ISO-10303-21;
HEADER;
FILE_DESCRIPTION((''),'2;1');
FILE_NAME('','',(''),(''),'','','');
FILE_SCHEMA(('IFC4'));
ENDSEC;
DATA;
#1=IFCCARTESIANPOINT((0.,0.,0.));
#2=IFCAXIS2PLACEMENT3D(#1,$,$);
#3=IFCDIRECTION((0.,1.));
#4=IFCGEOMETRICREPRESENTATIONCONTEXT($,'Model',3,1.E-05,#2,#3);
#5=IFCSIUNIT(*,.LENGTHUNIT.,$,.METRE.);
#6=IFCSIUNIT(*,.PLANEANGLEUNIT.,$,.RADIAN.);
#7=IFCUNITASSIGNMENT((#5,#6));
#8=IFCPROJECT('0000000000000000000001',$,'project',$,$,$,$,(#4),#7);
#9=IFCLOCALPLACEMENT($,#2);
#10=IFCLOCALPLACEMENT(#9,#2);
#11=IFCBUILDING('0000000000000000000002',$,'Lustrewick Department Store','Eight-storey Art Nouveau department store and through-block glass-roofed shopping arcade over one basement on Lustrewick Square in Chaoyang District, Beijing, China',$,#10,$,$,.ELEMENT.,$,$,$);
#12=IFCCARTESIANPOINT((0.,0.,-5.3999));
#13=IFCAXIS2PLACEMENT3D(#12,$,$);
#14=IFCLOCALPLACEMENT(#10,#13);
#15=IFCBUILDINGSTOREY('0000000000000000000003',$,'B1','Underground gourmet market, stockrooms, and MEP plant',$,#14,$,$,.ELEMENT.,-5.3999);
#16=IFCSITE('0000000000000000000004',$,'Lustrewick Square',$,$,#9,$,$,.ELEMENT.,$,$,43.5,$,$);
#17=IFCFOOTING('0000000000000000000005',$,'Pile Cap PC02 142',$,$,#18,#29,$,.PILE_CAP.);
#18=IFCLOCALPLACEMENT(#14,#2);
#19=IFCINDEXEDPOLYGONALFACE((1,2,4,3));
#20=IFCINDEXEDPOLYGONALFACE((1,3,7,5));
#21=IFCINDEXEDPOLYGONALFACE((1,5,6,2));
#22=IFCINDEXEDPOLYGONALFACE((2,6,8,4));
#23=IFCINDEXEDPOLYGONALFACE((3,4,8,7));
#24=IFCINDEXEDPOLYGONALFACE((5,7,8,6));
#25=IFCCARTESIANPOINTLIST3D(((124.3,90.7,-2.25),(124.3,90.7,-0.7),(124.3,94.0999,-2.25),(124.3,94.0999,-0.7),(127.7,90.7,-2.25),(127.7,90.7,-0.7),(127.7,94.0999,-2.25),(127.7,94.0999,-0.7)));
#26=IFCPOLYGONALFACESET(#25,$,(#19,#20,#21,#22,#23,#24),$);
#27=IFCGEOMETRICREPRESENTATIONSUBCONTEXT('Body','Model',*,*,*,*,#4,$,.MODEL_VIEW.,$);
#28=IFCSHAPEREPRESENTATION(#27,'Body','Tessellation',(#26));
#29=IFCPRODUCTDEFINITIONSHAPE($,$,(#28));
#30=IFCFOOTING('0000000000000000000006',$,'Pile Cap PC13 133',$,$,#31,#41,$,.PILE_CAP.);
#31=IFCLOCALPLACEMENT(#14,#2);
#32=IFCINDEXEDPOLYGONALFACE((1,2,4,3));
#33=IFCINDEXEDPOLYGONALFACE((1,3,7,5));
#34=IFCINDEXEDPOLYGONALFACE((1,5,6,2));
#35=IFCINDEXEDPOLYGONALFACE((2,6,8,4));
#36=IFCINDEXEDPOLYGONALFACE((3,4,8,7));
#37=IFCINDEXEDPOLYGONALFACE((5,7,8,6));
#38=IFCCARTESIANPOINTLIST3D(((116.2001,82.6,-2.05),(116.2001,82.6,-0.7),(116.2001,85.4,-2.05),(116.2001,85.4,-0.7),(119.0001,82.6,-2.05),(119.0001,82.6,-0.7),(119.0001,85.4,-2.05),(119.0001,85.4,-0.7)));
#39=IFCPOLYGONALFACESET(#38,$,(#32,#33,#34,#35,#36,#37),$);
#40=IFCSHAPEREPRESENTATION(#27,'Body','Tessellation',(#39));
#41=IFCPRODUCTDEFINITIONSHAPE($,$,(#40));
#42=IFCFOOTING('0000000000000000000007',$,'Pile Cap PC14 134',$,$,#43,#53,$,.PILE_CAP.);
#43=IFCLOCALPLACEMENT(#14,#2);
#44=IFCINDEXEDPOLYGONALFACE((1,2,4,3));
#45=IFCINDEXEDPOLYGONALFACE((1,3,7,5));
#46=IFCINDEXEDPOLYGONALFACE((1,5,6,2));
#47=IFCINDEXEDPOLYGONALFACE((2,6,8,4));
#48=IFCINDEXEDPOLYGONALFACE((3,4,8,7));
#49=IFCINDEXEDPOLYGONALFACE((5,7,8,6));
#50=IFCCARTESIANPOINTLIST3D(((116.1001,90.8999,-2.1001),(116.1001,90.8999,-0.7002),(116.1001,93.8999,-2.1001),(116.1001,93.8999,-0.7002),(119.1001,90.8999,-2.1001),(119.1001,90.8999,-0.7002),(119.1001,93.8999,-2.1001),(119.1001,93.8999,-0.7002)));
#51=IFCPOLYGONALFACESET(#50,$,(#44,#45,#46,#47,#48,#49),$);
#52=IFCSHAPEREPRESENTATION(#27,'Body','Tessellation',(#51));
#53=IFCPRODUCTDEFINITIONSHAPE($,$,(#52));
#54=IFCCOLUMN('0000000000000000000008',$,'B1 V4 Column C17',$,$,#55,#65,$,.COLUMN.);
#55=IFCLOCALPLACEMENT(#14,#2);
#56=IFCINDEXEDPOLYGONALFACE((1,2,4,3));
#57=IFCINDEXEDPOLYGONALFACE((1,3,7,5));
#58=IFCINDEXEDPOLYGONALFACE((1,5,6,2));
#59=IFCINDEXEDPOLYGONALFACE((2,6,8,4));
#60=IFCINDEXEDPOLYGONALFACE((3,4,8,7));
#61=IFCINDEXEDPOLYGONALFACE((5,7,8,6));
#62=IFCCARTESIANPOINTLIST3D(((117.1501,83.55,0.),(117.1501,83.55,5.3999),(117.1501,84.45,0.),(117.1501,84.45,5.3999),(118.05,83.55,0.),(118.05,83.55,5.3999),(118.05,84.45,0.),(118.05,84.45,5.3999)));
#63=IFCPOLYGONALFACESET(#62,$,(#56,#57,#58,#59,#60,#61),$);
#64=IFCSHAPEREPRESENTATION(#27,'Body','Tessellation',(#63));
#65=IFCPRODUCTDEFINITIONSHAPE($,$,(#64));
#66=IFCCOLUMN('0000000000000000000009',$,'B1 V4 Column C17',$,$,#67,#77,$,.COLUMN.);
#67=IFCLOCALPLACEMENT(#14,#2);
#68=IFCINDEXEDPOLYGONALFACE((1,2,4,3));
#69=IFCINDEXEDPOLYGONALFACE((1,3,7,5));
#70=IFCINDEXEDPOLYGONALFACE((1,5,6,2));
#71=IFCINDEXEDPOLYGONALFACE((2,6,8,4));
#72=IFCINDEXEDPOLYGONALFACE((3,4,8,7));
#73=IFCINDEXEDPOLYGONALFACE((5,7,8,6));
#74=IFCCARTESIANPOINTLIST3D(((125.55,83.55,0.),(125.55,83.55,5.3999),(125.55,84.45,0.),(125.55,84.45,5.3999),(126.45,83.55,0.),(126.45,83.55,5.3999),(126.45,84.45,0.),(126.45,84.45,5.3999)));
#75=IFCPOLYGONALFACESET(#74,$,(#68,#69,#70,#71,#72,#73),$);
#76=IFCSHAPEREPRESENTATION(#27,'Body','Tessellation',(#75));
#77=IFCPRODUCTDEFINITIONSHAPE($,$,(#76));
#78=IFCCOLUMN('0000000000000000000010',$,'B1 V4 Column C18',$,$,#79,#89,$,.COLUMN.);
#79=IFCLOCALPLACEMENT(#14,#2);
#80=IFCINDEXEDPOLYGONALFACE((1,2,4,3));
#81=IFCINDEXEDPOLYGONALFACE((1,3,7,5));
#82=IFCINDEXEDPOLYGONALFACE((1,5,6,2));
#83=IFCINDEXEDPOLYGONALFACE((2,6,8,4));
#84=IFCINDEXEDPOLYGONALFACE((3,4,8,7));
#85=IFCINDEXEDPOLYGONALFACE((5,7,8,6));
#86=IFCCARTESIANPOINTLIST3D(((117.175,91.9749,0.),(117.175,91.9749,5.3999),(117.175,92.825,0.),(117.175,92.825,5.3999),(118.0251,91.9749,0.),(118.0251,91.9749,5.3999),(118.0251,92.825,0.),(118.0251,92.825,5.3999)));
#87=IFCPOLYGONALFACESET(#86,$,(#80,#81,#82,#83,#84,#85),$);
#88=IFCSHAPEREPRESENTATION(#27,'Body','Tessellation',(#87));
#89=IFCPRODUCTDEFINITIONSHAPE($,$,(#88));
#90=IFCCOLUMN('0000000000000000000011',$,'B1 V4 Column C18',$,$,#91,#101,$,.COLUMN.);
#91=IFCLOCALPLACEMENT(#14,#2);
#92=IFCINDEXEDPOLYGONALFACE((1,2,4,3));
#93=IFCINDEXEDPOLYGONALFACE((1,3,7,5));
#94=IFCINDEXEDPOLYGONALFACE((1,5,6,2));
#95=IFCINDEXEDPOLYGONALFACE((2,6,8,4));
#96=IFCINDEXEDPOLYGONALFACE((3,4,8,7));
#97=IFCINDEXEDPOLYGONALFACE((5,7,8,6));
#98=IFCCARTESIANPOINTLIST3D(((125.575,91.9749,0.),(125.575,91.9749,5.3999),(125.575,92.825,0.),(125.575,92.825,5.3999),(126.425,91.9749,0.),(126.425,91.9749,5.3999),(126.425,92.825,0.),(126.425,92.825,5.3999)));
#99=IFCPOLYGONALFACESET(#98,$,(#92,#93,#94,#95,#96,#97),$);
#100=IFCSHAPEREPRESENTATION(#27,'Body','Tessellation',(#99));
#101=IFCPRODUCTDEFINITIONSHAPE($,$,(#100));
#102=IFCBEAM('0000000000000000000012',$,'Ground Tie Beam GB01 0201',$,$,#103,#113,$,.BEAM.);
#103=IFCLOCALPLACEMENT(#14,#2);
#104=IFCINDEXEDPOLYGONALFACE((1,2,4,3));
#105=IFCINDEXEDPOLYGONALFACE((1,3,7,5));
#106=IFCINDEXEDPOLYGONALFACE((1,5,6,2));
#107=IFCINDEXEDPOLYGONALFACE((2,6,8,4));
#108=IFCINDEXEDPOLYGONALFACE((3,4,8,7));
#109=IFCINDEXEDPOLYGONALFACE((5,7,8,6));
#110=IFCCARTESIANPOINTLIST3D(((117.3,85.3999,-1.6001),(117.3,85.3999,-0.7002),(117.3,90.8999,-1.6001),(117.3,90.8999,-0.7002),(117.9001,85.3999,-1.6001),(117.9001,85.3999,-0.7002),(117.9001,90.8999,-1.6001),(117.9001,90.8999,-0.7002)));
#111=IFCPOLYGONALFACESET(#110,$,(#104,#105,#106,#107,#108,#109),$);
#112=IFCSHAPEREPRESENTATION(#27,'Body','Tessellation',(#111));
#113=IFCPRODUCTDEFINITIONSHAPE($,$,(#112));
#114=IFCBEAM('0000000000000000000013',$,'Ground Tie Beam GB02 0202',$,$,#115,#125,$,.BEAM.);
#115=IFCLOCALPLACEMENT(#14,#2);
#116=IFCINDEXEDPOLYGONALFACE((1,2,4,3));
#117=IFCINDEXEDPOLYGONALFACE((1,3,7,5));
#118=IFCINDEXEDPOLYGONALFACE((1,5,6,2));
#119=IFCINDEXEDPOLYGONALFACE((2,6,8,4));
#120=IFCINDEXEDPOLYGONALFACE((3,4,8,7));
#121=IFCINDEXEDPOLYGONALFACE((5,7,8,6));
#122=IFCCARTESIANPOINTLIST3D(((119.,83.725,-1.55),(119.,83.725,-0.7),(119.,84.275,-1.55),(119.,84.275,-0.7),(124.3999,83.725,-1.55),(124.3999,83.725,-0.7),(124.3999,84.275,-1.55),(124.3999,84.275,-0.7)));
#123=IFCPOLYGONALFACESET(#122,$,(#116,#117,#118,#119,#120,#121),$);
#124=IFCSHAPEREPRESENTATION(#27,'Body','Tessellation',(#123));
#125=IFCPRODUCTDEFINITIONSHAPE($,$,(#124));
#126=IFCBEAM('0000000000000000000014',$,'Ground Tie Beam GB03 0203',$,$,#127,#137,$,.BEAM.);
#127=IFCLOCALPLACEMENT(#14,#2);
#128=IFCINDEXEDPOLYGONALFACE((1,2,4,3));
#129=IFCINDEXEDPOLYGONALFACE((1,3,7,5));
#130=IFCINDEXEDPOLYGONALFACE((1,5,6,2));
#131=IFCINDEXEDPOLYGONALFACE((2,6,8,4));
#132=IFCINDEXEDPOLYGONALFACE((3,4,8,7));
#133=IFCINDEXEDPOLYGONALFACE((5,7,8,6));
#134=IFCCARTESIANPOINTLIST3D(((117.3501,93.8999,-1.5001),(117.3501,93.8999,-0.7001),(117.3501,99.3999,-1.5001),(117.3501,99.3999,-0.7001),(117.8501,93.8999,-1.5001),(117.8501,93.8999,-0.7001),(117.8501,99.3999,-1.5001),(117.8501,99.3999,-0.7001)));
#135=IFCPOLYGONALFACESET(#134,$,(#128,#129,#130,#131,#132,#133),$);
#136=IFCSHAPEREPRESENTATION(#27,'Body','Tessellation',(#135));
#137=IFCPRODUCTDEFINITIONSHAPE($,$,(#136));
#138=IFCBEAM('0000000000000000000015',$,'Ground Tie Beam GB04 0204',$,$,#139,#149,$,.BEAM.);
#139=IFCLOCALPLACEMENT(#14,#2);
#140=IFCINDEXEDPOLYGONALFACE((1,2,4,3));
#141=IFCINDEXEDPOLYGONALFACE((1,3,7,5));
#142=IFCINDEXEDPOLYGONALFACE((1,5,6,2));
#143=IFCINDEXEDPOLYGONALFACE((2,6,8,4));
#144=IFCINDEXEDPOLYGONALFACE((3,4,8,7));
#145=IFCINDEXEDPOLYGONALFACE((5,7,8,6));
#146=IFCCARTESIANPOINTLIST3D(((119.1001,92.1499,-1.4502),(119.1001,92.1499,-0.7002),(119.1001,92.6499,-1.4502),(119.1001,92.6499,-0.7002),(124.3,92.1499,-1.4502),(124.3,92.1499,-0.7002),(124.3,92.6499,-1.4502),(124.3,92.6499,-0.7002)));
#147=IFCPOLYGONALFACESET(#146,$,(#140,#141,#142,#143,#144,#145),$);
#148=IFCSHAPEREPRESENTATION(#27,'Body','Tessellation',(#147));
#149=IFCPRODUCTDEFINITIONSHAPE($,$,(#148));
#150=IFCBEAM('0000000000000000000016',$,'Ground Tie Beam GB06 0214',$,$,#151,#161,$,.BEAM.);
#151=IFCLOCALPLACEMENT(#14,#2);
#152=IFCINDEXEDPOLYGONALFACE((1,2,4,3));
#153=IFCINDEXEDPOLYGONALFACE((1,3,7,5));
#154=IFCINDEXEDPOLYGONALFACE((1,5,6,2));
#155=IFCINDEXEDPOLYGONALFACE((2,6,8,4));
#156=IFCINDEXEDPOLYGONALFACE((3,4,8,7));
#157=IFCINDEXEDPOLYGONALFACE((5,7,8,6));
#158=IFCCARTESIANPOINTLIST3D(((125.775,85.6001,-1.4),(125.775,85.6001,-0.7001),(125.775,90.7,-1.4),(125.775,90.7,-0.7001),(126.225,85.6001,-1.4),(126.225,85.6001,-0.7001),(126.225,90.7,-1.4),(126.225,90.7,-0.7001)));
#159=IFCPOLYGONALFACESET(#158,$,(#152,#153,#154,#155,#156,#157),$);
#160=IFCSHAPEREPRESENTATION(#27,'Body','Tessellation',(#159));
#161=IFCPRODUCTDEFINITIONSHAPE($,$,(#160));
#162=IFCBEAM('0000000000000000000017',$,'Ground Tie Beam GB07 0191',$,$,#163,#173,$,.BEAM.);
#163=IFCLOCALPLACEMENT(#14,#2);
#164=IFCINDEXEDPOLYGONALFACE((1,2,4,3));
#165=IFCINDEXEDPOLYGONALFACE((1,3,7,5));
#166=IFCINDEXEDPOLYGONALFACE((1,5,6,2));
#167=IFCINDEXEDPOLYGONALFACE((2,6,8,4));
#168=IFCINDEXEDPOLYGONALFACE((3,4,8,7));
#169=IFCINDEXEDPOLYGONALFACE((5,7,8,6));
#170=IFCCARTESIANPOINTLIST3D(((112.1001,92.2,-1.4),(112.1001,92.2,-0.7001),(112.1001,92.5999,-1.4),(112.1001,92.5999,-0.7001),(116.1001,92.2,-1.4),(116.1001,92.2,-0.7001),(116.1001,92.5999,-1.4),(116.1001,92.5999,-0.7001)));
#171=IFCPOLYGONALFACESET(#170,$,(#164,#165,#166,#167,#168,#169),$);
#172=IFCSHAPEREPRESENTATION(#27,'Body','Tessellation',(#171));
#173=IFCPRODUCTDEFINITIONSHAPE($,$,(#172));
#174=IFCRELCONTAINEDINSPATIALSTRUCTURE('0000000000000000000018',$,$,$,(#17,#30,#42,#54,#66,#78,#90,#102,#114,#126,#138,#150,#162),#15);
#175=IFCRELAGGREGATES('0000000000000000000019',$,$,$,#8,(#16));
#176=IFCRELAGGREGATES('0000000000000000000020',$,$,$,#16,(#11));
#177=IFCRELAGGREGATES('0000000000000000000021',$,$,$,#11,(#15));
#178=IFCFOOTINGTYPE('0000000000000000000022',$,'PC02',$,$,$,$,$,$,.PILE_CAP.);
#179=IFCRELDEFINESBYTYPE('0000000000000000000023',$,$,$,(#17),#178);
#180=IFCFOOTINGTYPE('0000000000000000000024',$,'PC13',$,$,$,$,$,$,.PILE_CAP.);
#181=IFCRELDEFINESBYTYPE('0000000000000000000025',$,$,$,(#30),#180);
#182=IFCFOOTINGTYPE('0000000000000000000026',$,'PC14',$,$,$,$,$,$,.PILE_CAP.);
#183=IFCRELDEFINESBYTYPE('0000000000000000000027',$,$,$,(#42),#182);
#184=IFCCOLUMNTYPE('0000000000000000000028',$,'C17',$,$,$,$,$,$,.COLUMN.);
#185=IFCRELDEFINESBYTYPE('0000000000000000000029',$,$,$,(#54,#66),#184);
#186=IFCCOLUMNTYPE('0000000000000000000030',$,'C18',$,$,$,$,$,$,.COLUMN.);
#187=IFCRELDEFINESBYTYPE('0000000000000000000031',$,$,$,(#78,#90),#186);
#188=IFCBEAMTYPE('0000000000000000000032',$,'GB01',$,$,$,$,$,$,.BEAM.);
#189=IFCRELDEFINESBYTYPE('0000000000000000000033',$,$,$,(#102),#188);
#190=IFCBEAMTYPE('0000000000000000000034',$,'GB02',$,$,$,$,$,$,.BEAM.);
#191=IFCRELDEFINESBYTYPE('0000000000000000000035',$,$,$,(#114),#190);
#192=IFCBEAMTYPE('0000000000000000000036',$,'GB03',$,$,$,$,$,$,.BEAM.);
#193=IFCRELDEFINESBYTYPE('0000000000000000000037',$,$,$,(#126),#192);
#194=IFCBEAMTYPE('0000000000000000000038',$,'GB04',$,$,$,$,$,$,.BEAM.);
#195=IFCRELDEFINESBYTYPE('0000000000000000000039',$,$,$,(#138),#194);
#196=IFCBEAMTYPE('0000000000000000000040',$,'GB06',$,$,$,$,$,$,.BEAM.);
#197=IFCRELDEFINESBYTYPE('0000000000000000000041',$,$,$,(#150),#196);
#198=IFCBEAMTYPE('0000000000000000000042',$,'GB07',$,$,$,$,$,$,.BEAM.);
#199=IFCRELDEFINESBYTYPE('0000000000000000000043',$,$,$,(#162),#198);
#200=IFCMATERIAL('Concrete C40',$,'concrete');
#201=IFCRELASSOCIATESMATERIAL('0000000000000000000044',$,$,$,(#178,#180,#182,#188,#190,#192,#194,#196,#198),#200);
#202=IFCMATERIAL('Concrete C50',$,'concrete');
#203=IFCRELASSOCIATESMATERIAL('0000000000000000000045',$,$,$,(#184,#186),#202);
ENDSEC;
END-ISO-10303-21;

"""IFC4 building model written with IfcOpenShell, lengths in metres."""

from ifc_helpers import new_model, si_unit, direction, frame, origin, origin_2d, place, context, subcontext, project, spatial, rectangle, extrude, material, material_profile, profile_set, type_object, element, save


model = new_model("IFC4")

# Units and contexts
model_context = context("Model", 3, precision=1e-05, world=origin(), true_north=direction((0.0, 1.0)))
body_context = subcontext(model_context, "Body", "Model", "MODEL_VIEW")
ifc_project = project(units=[si_unit("LENGTHUNIT", "METRE"), si_unit("PLANEANGLEUNIT", "RADIAN")], contexts=[model_context])

# Site, building, storey
site_placement = place(None, origin())
site = spatial("IfcSite", under=ifc_project, at=site_placement, Name="Lustrewick Square", CompositionType="ELEMENT", RefElevation=43.5)
building_placement = place(site_placement, origin())
building = spatial("IfcBuilding", under=site, at=building_placement, Name="Lustrewick Department Store", Description="Eight-storey Art Nouveau department store and through-block glass-roofed shopping arcade over one basement on Lustrewick Square in Chaoyang District, Beijing, China", CompositionType="ELEMENT")
storey_placement = place(building_placement, frame((0.0, 0.0, -5.3999)))
storey = spatial("IfcBuildingStorey", under=building, at=storey_placement, Name="B1", Description="Underground gourmet market, stockrooms, and MEP plant", CompositionType="ELEMENT", Elevation=-5.3999)

# Shared definitions
ifc_material_1 = material(Name="Concrete C40", Category="concrete")

# Footings
footing_type_1 = type_object("IfcFootingType", Name="PC02", PredefinedType="PILE_CAP", material=ifc_material_1)
footing_1_placement = place(storey_placement, frame((126.0, 92.3999, -2.25), z_axis=(0.0, 0.0, 1.0), x_axis=(1.0, 0.0, 0.0)))
element("IfcFooting", 1, at=footing_1_placement, inside=storey, type_object=footing_type_1, Name="Pile Cap PC02 142", PredefinedType="PILE_CAP", context=body_context, shape_type="SweptSolid", body=[
    extrude(rectangle(XDim=3.3999, YDim=3.3999, at=origin_2d()), origin(), (0.0, 0.0, 1.0), 1.55),
])
footing_type_2 = type_object("IfcFootingType", Name="PC13", PredefinedType="PILE_CAP", material=ifc_material_1)
footing_2_placement = place(storey_placement, frame((117.6001, 84.0, -2.05), z_axis=(0.0, 0.0, 1.0), x_axis=(1.0, 0.0, 0.0)))
element("IfcFooting", 2, at=footing_2_placement, inside=storey, type_object=footing_type_2, Name="Pile Cap PC13 133", PredefinedType="PILE_CAP", context=body_context, shape_type="SweptSolid", body=[
    extrude(rectangle(XDim=2.8, YDim=2.8, at=origin_2d()), origin(), (0.0, 0.0, 1.0), 1.3501),
])
footing_type_3 = type_object("IfcFootingType", Name="PC14", PredefinedType="PILE_CAP", material=ifc_material_1)
footing_3_placement = place(storey_placement, frame((117.6001, 92.3999, -2.1001), z_axis=(0.0, 0.0, 1.0), x_axis=(1.0, 0.0, 0.0)))
element("IfcFooting", 3, at=footing_3_placement, inside=storey, type_object=footing_type_3, Name="Pile Cap PC14 134", PredefinedType="PILE_CAP", context=body_context, shape_type="SweptSolid", body=[
    extrude(rectangle(XDim=3.0, YDim=3.0, at=origin_2d()), origin(), (0.0, 0.0, 1.0), 1.3999),
])

# Columns
ifc_material_2 = material(Name="Concrete C50", Category="concrete")
ifc_material_profile_1 = material_profile(ifc_material_2, rectangle(XDim=0.8999, YDim=0.8999, at=origin_2d()), Name="RC 900x900")
ifc_profile_set_1 = profile_set([ifc_material_profile_1], Name="Concrete C50")
column_type_1 = type_object("IfcColumnType", Name="C17", PredefinedType="COLUMN", material=ifc_profile_set_1)
for number, where, z_axis, x_axis, name in (
    (4, (117.6001, 84.0, 0.0), (0.0, 0.0, 1.0), (1.0, 0.0, 0.0), "B1 V4 Column C17"),
    (5, (126.0, 84.0, 0.0), (0.0, 0.0, 1.0), (1.0, 0.0, 0.0), "B1 V4 Column C17"),
):
    element("IfcColumn", number, at=place(storey_placement, frame(where, z_axis=z_axis, x_axis=x_axis)), inside=storey, type_object=column_type_1, Name=name, PredefinedType="COLUMN", context=body_context, shape_type="SweptSolid", body=[
        extrude(rectangle(XDim=0.8999, YDim=0.8999, at=origin_2d()), origin(), (0.0, 0.0, 1.0), 5.3999),
    ])
ifc_material_profile_2 = material_profile(ifc_material_2, rectangle(XDim=0.8501, YDim=0.8501, at=origin_2d()), Name="RC 850x850")
ifc_profile_set_2 = profile_set([ifc_material_profile_2], Name="Concrete C50")
column_type_2 = type_object("IfcColumnType", Name="C18", PredefinedType="COLUMN", material=ifc_profile_set_2)
for number, where, z_axis, x_axis, name in (
    (6, (117.6001, 92.3999, 0.0), (0.0, 0.0, 1.0), (1.0, 0.0, 0.0), "B1 V4 Column C18"),
    (7, (126.0, 92.3999, 0.0), (0.0, 0.0, 1.0), (1.0, 0.0, 0.0), "B1 V4 Column C18"),
):
    element("IfcColumn", number, at=place(storey_placement, frame(where, z_axis=z_axis, x_axis=x_axis)), inside=storey, type_object=column_type_2, Name=name, PredefinedType="COLUMN", context=body_context, shape_type="SweptSolid", body=[
        extrude(rectangle(XDim=0.8501, YDim=0.8501, at=origin_2d()), origin(), (0.0, 0.0, 1.0), 5.3999),
    ])

# Beams
ifc_material_profile_3 = material_profile(ifc_material_1, rectangle(XDim=0.6001, YDim=0.8999, at=origin_2d()), Name="RC 600x900")
ifc_profile_set_3 = profile_set([ifc_material_profile_3], Name="Concrete C40")
beam_type_1 = type_object("IfcBeamType", Name="GB01", PredefinedType="BEAM", material=ifc_profile_set_3)
beam_1_placement = place(storey_placement, frame((117.6001, 85.3999, -1.1501), z_axis=(0.0, 1.0, 0.0), x_axis=(-1.0, 0.0, 0.0)))
element("IfcBeam", 8, at=beam_1_placement, inside=storey, type_object=beam_type_1, Name="Ground Tie Beam GB01 0201", PredefinedType="BEAM", context=body_context, shape_type="SweptSolid", body=[
    extrude(rectangle(XDim=0.6001, YDim=0.8999, at=origin_2d()), origin(), (0.0, 0.0, 1.0), 5.5),
])
ifc_material_profile_4 = material_profile(ifc_material_1, rectangle(XDim=0.55, YDim=0.8501, at=origin_2d()), Name="RC 550x850")
ifc_profile_set_4 = profile_set([ifc_material_profile_4], Name="Concrete C40")
beam_type_2 = type_object("IfcBeamType", Name="GB02", PredefinedType="BEAM", material=ifc_profile_set_4)
beam_2_placement = place(storey_placement, frame((119.0, 84.0, -1.125), z_axis=(1.0, 0.0, 0.0), x_axis=(0.0, 1.0, 0.0)))
element("IfcBeam", 9, at=beam_2_placement, inside=storey, type_object=beam_type_2, Name="Ground Tie Beam GB02 0202", PredefinedType="BEAM", context=body_context, shape_type="SweptSolid", body=[
    extrude(rectangle(XDim=0.55, YDim=0.8501, at=origin_2d()), origin(), (0.0, 0.0, 1.0), 5.3999),
])
ifc_material_profile_5 = material_profile(ifc_material_1, rectangle(XDim=0.5, YDim=0.8, at=origin_2d()), Name="RC 500x800")
ifc_profile_set_5 = profile_set([ifc_material_profile_5], Name="Concrete C40")
beam_type_3 = type_object("IfcBeamType", Name="GB03", PredefinedType="BEAM", material=ifc_profile_set_5)
beam_3_placement = place(storey_placement, frame((117.6001, 93.8999, -1.1001), z_axis=(0.0, 1.0, 0.0), x_axis=(-1.0, 0.0, 0.0)))
element("IfcBeam", 10, at=beam_3_placement, inside=storey, type_object=beam_type_3, Name="Ground Tie Beam GB03 0203", PredefinedType="BEAM", context=body_context, shape_type="SweptSolid", body=[
    extrude(rectangle(XDim=0.5, YDim=0.8, at=origin_2d()), origin(), (0.0, 0.0, 1.0), 5.5),
])
ifc_material_profile_6 = material_profile(ifc_material_1, rectangle(XDim=0.5, YDim=0.75, at=origin_2d()), Name="RC 500x750")
ifc_profile_set_6 = profile_set([ifc_material_profile_6], Name="Concrete C40")
beam_type_4 = type_object("IfcBeamType", Name="GB04", PredefinedType="BEAM", material=ifc_profile_set_6)
beam_4_placement = place(storey_placement, frame((119.1001, 92.3999, -1.0752), z_axis=(1.0, 0.0, 0.0), x_axis=(0.0, 1.0, 0.0)))
element("IfcBeam", 11, at=beam_4_placement, inside=storey, type_object=beam_type_4, Name="Ground Tie Beam GB04 0204", PredefinedType="BEAM", context=body_context, shape_type="SweptSolid", body=[
    extrude(rectangle(XDim=0.5, YDim=0.75, at=origin_2d()), origin(), (0.0, 0.0, 1.0), 5.2),
])
ifc_material_profile_7 = material_profile(ifc_material_1, rectangle(XDim=0.45, YDim=0.7, at=origin_2d()), Name="RC 450x700")
ifc_profile_set_7 = profile_set([ifc_material_profile_7], Name="Concrete C40")
beam_type_5 = type_object("IfcBeamType", Name="GB06", PredefinedType="BEAM", material=ifc_profile_set_7)
beam_5_placement = place(storey_placement, frame((126.0, 85.6001, -1.05), z_axis=(0.0, 1.0, 0.0), x_axis=(-1.0, 0.0, 0.0)))
element("IfcBeam", 12, at=beam_5_placement, inside=storey, type_object=beam_type_5, Name="Ground Tie Beam GB06 0214", PredefinedType="BEAM", context=body_context, shape_type="SweptSolid", body=[
    extrude(rectangle(XDim=0.45, YDim=0.7, at=origin_2d()), origin(), (0.0, 0.0, 1.0), 5.0999),
])
ifc_material_profile_8 = material_profile(ifc_material_1, rectangle(XDim=0.3999, YDim=0.7, at=origin_2d()), Name="RC 400x700")
ifc_profile_set_8 = profile_set([ifc_material_profile_8], Name="Concrete C40")
beam_type_6 = type_object("IfcBeamType", Name="GB07", PredefinedType="BEAM", material=ifc_profile_set_8)
beam_6_placement = place(storey_placement, frame((112.1001, 92.3999, -1.05), z_axis=(1.0, 0.0, 0.0), x_axis=(0.0, 1.0, 0.0)))
element("IfcBeam", 13, at=beam_6_placement, inside=storey, type_object=beam_type_6, Name="Ground Tie Beam GB07 0191", PredefinedType="BEAM", context=body_context, shape_type="SweptSolid", body=[
    extrude(rectangle(XDim=0.3999, YDim=0.7, at=origin_2d()), origin(), (0.0, 0.0, 1.0), 4.0),
])

save(model, "model.ifc")
